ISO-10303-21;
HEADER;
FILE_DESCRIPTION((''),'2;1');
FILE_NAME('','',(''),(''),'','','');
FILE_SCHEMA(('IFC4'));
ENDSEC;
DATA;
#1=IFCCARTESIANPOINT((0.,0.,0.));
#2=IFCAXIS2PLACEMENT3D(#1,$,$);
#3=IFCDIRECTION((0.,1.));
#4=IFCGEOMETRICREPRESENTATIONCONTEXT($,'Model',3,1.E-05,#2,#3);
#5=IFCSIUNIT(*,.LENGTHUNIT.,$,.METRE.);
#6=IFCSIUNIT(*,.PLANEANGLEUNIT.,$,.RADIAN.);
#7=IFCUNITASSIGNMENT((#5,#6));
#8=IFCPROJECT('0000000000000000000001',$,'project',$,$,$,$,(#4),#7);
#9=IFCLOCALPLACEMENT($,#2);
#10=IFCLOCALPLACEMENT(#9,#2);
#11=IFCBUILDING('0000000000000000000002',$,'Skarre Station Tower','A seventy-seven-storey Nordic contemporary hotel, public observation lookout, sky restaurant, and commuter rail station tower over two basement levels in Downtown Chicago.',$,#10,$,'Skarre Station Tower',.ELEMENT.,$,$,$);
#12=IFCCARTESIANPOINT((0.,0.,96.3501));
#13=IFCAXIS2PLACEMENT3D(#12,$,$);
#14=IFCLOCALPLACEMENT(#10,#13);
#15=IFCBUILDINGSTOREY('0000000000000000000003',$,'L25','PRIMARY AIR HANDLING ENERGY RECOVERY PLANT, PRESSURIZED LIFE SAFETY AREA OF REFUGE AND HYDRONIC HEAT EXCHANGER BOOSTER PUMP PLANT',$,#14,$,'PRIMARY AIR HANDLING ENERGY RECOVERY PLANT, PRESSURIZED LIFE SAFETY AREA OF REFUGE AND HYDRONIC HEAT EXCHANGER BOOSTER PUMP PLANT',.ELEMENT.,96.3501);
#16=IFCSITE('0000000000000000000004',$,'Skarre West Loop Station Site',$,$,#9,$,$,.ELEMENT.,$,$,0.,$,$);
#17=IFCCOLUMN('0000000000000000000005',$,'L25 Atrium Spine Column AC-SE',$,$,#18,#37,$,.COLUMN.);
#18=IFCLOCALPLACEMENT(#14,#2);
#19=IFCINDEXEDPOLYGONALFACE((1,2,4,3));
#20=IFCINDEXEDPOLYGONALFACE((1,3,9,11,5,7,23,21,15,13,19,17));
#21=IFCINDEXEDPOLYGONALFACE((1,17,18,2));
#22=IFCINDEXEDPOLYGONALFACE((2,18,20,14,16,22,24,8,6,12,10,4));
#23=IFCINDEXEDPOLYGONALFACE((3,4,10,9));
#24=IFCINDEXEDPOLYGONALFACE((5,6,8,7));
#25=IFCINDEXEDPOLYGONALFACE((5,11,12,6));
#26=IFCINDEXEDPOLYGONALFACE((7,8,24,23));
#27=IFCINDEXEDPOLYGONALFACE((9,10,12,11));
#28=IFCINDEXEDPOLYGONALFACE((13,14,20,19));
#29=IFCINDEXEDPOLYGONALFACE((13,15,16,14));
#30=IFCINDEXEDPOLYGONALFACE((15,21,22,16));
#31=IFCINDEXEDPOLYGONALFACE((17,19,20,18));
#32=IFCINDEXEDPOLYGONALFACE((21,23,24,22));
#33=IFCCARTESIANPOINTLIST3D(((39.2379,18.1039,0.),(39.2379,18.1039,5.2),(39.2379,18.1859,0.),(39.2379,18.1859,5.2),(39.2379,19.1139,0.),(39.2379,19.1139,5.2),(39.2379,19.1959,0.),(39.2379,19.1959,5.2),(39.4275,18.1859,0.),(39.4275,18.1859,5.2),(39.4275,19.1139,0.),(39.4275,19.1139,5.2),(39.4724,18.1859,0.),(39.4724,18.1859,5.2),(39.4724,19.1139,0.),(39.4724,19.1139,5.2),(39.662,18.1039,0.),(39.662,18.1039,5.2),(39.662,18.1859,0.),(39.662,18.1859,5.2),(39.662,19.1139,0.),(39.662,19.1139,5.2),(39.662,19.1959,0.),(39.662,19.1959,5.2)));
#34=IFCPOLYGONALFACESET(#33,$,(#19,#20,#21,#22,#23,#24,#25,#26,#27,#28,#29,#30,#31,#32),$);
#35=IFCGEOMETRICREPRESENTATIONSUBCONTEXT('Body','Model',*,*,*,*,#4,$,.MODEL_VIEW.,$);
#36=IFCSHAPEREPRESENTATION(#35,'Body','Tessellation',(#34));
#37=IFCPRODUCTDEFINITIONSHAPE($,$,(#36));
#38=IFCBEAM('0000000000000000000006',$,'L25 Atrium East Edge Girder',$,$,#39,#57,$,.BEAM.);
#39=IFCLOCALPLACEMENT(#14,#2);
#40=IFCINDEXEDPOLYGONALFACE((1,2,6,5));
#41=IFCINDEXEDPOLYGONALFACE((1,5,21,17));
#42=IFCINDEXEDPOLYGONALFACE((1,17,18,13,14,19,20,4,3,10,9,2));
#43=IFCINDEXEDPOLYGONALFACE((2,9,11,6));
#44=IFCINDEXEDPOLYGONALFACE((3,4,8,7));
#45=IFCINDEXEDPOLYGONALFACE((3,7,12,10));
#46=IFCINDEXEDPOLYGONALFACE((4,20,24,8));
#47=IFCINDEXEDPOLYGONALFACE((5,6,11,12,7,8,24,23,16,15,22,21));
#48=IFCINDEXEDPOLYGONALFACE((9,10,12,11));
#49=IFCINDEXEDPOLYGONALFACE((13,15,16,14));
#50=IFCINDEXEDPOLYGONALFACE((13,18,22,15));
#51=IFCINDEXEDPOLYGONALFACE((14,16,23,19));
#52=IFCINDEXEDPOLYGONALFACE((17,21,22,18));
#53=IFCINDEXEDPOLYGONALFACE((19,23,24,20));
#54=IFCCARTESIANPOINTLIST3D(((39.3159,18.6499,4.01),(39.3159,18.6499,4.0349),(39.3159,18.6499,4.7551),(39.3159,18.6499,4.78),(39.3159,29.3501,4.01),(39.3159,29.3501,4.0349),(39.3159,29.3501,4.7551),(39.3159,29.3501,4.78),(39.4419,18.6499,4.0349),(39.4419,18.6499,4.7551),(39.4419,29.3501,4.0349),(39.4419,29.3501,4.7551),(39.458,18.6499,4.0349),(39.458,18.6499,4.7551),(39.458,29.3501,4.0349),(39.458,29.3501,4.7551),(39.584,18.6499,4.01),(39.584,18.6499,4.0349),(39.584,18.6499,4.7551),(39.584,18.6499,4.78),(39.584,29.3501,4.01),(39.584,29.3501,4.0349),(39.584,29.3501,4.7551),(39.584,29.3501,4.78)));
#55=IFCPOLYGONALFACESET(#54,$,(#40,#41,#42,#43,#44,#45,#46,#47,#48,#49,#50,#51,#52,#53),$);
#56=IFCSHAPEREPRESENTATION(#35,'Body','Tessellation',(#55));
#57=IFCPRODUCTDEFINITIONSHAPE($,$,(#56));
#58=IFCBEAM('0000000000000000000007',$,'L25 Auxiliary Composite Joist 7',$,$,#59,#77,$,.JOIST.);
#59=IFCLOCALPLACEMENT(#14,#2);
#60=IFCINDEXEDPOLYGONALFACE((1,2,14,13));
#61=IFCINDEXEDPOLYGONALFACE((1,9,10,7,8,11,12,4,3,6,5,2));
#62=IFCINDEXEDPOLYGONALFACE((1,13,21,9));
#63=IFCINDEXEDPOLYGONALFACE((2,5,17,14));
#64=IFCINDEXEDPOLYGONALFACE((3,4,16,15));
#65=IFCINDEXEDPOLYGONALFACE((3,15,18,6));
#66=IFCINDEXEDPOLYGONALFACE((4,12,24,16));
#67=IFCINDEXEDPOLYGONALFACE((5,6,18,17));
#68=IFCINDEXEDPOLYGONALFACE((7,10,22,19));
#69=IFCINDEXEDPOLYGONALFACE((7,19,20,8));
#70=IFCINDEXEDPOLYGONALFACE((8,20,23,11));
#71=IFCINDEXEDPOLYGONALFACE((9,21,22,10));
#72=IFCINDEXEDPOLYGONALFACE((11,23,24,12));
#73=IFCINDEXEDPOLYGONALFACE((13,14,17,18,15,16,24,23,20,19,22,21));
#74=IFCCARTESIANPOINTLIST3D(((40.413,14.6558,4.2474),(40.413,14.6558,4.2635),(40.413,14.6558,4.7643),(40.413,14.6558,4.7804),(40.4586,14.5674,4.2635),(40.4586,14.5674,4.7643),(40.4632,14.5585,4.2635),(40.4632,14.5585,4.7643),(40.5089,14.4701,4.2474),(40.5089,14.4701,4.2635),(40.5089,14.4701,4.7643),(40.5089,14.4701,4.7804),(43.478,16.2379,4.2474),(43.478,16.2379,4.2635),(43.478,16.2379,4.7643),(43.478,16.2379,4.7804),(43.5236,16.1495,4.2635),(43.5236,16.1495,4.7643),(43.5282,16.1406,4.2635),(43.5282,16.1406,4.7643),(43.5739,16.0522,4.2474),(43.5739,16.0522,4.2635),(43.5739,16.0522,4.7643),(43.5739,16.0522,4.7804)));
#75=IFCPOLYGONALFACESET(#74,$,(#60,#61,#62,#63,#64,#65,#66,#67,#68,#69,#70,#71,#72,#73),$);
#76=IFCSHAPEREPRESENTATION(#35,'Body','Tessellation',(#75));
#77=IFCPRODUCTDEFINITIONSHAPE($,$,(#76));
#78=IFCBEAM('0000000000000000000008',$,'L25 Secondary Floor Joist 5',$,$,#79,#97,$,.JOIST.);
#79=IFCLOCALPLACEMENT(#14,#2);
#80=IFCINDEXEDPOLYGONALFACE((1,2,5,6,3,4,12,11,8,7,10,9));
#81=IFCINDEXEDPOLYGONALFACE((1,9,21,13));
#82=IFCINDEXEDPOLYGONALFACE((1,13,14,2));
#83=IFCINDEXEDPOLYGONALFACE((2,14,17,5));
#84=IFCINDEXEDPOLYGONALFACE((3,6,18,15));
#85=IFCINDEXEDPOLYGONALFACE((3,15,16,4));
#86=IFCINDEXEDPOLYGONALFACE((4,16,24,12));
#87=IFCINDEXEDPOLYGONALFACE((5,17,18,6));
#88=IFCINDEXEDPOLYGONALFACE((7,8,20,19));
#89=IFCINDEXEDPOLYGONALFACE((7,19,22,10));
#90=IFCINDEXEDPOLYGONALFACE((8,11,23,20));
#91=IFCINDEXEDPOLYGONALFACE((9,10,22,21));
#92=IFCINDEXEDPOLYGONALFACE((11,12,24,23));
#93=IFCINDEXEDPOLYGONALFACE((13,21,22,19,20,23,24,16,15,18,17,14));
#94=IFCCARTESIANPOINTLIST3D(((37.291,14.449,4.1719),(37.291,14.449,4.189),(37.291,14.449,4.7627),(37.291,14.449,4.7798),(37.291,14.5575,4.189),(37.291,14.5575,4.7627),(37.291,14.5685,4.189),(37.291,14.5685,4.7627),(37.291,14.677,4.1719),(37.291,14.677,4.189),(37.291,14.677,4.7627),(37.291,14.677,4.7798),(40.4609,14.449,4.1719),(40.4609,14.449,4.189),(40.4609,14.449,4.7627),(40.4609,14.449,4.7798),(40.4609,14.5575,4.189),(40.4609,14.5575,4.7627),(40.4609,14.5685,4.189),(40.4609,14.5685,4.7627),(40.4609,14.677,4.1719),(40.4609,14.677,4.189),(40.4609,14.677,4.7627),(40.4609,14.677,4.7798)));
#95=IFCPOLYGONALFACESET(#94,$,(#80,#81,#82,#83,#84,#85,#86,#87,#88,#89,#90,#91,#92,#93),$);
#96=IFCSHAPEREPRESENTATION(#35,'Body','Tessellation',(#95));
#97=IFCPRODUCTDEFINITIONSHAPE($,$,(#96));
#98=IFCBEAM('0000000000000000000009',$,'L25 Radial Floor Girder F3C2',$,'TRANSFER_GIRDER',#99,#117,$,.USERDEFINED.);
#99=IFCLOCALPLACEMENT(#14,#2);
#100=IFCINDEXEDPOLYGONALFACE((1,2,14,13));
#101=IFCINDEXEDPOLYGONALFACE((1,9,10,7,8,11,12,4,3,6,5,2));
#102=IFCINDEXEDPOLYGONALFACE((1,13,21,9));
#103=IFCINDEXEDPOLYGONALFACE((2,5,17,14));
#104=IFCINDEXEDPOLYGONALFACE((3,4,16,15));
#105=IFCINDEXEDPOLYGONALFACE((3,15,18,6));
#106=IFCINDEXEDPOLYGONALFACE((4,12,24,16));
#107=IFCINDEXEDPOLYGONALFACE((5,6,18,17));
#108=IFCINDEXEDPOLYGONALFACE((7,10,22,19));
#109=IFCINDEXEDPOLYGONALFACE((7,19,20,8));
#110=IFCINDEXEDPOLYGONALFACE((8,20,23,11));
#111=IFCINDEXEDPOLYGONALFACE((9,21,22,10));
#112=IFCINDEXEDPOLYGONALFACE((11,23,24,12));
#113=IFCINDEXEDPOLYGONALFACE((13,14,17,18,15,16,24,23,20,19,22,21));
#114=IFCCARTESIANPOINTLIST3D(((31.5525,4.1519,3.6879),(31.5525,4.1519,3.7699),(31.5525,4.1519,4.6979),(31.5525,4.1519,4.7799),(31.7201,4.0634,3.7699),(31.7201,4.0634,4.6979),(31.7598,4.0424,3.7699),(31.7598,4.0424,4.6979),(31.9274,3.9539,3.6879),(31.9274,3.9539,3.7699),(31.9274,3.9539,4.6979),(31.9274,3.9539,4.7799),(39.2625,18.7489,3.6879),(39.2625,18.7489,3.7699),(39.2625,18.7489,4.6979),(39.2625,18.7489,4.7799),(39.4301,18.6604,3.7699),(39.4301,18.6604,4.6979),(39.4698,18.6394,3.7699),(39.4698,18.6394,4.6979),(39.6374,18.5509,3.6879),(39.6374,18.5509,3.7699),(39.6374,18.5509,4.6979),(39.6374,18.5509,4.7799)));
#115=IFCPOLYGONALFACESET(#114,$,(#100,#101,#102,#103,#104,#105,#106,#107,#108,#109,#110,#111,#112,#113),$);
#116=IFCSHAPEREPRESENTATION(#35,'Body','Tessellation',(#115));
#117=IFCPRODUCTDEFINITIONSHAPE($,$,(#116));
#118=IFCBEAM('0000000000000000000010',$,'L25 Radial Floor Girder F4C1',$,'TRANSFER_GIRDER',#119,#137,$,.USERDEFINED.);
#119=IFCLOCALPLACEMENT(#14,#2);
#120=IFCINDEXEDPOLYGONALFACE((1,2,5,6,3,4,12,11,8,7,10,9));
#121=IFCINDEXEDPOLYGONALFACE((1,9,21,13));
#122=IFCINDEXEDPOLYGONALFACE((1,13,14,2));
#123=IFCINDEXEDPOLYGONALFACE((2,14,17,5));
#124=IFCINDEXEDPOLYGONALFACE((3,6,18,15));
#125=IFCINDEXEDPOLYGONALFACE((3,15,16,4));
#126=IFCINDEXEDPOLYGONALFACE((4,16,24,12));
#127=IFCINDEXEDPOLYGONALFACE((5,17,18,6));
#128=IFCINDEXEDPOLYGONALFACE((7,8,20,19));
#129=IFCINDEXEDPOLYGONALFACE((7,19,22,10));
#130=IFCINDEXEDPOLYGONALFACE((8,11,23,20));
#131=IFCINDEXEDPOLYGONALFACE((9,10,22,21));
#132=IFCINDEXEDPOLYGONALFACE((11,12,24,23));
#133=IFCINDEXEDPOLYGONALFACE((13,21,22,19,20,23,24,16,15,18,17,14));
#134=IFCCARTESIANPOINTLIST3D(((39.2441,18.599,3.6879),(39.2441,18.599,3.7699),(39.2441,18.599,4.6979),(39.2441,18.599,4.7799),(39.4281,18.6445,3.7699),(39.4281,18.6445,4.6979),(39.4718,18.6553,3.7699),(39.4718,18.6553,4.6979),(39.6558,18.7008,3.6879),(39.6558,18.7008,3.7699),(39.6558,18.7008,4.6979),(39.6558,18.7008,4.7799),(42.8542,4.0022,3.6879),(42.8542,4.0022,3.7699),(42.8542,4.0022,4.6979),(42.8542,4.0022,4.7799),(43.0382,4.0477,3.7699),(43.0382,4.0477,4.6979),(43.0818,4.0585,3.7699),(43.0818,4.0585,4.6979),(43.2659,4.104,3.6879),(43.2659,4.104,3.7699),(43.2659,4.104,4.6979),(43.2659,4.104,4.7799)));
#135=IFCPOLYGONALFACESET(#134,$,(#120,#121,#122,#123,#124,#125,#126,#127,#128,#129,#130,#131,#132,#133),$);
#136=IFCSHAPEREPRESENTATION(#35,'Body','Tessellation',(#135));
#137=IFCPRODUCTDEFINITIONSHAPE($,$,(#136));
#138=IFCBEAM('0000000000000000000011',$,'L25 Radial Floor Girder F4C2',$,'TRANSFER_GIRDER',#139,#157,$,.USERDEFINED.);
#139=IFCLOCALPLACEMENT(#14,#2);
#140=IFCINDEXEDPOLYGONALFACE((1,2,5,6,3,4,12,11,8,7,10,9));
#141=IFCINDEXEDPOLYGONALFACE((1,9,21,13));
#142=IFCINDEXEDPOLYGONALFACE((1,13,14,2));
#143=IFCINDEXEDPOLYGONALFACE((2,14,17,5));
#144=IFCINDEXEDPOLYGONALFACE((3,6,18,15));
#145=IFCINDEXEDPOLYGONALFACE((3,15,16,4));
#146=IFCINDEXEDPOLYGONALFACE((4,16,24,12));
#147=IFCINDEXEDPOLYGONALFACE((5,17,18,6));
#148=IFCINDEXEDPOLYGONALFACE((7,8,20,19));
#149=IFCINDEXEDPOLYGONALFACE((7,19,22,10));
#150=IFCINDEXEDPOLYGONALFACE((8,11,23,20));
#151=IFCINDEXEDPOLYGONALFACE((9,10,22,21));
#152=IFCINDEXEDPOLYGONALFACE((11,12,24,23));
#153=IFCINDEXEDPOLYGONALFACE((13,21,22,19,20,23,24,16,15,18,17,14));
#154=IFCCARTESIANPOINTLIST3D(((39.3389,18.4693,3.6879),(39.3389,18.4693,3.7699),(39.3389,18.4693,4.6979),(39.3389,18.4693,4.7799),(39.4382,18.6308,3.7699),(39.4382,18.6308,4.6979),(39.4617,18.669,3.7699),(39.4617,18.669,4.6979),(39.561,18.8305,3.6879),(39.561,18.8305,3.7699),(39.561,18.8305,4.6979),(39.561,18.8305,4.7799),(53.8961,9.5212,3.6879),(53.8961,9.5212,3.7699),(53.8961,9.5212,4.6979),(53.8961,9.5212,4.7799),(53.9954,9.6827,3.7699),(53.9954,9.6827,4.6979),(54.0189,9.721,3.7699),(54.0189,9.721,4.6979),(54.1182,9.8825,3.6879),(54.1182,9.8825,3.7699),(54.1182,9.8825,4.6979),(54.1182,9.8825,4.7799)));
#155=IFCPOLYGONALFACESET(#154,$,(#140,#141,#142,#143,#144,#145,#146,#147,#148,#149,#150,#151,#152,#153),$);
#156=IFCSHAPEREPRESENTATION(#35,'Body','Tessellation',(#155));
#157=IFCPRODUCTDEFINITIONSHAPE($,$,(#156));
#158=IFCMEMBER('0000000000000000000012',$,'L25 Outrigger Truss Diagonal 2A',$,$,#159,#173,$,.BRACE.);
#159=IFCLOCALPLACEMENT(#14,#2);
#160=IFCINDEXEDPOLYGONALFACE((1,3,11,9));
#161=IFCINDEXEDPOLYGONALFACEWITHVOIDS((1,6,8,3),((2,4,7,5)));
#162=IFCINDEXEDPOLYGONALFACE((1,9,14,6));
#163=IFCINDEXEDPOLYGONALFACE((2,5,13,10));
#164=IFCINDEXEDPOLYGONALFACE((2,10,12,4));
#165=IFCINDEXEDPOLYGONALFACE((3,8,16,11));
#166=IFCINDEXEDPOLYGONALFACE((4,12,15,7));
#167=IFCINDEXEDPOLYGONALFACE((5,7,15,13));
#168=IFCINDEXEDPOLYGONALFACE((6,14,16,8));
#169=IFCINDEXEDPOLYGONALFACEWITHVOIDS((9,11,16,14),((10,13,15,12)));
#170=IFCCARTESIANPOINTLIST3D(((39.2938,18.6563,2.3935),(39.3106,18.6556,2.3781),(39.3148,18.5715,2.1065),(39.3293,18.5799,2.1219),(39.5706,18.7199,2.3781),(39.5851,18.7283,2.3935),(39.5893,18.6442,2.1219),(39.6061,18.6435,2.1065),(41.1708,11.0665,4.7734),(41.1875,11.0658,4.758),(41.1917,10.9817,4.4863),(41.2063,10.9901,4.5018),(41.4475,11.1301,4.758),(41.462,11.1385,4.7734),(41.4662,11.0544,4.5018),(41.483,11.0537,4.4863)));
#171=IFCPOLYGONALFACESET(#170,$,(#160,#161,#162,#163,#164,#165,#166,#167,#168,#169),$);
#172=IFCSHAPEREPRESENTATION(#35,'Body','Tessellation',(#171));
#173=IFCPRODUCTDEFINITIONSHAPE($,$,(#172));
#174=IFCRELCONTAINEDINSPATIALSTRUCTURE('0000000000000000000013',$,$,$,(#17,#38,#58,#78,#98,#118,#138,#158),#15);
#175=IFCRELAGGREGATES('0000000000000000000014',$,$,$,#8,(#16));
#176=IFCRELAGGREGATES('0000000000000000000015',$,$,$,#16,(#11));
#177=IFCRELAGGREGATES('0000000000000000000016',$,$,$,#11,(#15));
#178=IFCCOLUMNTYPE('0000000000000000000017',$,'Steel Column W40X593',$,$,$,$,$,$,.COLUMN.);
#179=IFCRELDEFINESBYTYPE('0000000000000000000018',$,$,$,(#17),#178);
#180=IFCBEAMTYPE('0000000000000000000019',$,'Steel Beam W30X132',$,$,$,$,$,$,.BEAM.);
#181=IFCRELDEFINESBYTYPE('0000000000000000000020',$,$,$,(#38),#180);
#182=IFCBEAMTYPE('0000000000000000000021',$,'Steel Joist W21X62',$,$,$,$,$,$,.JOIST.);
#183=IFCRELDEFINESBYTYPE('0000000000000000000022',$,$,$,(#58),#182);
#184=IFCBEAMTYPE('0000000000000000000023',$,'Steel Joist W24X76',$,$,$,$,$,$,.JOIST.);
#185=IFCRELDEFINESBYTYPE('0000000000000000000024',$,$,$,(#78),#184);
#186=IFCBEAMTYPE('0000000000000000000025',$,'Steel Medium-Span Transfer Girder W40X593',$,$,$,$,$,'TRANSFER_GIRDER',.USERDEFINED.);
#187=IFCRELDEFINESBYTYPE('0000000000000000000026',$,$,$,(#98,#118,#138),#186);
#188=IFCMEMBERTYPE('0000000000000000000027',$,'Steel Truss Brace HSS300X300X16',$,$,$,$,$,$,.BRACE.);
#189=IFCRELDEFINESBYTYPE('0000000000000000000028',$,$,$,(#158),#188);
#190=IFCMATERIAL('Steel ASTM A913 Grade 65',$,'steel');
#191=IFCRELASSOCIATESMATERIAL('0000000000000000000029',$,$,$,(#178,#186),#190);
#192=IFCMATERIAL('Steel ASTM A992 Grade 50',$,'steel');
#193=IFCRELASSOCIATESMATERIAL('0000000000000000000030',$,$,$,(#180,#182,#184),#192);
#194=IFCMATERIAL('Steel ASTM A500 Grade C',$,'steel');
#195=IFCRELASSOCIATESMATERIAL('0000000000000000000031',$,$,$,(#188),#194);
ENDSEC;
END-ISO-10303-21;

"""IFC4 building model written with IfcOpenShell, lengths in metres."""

from ifc_helpers import new_model, si_unit, direction, frame, origin, origin_2d, place, context, subcontext, project, spatial, hollow_rectangle, i_section, extrude, material, material_profile, profile_set, type_object, element, save


model = new_model("IFC4")

# Units and contexts
model_context = context("Model", 3, precision=1e-05, world=origin(), true_north=direction((0.0, 1.0)))
body_context = subcontext(model_context, "Body", "Model", "MODEL_VIEW")
ifc_project = project(units=[si_unit("LENGTHUNIT", "METRE"), si_unit("PLANEANGLEUNIT", "RADIAN")], contexts=[model_context])

# Site, building, storey
site_placement = place(None, origin())
site = spatial("IfcSite", under=ifc_project, at=site_placement, Name="Skarre West Loop Station Site", CompositionType="ELEMENT", RefElevation=0.0)
building_placement = place(site_placement, origin())
building = spatial("IfcBuilding", under=site, at=building_placement, Name="Skarre Station Tower", Description="A seventy-seven-storey Nordic contemporary hotel, public observation lookout, sky restaurant, and commuter rail station tower over two basement levels in Downtown Chicago.", LongName="Skarre Station Tower", CompositionType="ELEMENT")
storey_placement = place(building_placement, frame((0.0, 0.0, 96.3501)))
storey = spatial("IfcBuildingStorey", under=building, at=storey_placement, Name="L25", Description="PRIMARY AIR HANDLING ENERGY RECOVERY PLANT, PRESSURIZED LIFE SAFETY AREA OF REFUGE AND HYDRONIC HEAT EXCHANGER BOOSTER PUMP PLANT", LongName="PRIMARY AIR HANDLING ENERGY RECOVERY PLANT, PRESSURIZED LIFE SAFETY AREA OF REFUGE AND HYDRONIC HEAT EXCHANGER BOOSTER PUMP PLANT", CompositionType="ELEMENT", Elevation=96.3501)

# Column
ifc_material_1 = material(Name="Steel ASTM A913 Grade 65", Category="steel")
ifc_material_profile_1 = material_profile(ifc_material_1, i_section(OverallWidth=0.4241, OverallDepth=1.092, WebThickness=0.0449, FlangeThickness=0.082, at=origin_2d()), Name="Steel ASTM A913 Grade 65")
ifc_profile_set_1 = profile_set([ifc_material_profile_1], Name="Steel ASTM A913 Grade 65")
column_type = type_object("IfcColumnType", Name="Steel Column W40X593", PredefinedType="COLUMN", material=ifc_profile_set_1)
column_placement = place(storey_placement, frame((39.45, 18.6499, 0.0), z_axis=(0.0, 0.0, 1.0), x_axis=(1.0, 0.0, 0.0)))
element("IfcColumn", 1, at=column_placement, inside=storey, type_object=column_type, Name="L25 Atrium Spine Column AC-SE", PredefinedType="COLUMN", context=body_context, shape_type="SweptSolid", body=[
    extrude(i_section(OverallWidth=0.4241, OverallDepth=1.092, WebThickness=0.0449, FlangeThickness=0.082, at=origin_2d()), origin(), (0.0, 0.0, 1.0), 5.2),
])

# Beams
ifc_material_2 = material(Name="Steel ASTM A992 Grade 50", Category="steel")
ifc_material_profile_2 = material_profile(ifc_material_2, i_section(OverallWidth=0.2681, OverallDepth=0.77, WebThickness=0.0161, FlangeThickness=0.0249, at=origin_2d()), Name="Steel ASTM A992 Grade 50")
ifc_profile_set_2 = profile_set([ifc_material_profile_2], Name="Steel ASTM A992 Grade 50")
beam_type_1 = type_object("IfcBeamType", Name="Steel Beam W30X132", PredefinedType="BEAM", material=ifc_profile_set_2)
beam_1_placement = place(storey_placement, frame((39.45, 18.6499, 4.395), z_axis=(0.0, 1.0, 0.0), x_axis=(-1.0, 0.0, 0.0)))
element("IfcBeam", 2, at=beam_1_placement, inside=storey, type_object=beam_type_1, Name="L25 Atrium East Edge Girder", PredefinedType="BEAM", context=body_context, shape_type="SweptSolid", body=[
    extrude(i_section(OverallWidth=0.2681, OverallDepth=0.77, WebThickness=0.0161, FlangeThickness=0.0249, at=origin_2d()), origin(), (0.0, 0.0, 1.0), 10.7002),
])
ifc_material_profile_3 = material_profile(ifc_material_2, i_section(OverallWidth=0.209, OverallDepth=0.533, WebThickness=0.01, FlangeThickness=0.0161, at=origin_2d()), Name="Steel ASTM A992 Grade 50")
ifc_profile_set_3 = profile_set([ifc_material_profile_3], Name="Steel ASTM A992 Grade 50")
beam_type_2 = type_object("IfcBeamType", Name="Steel Joist W21X62", PredefinedType="JOIST", material=ifc_profile_set_3)
beam_2_placement = place(storey_placement, frame((40.4609, 14.563, 4.5139), z_axis=(0.888606, 0.458672, 0.0), x_axis=(-0.458672, 0.888606, 0.0)))
element("IfcBeam", 3, at=beam_2_placement, inside=storey, type_object=beam_type_2, Name="L25 Auxiliary Composite Joist 7", PredefinedType="JOIST", context=body_context, shape_type="SweptSolid", body=[
    extrude(i_section(OverallWidth=0.209, OverallDepth=0.533, WebThickness=0.01, FlangeThickness=0.0161, at=origin_2d()), origin(), (0.0, 0.0, 1.0), 3.4492),
])
ifc_material_profile_4 = material_profile(ifc_material_2, i_section(OverallWidth=0.228, OverallDepth=0.6079, WebThickness=0.011, FlangeThickness=0.0171, at=origin_2d()), Name="Steel ASTM A992 Grade 50")
ifc_profile_set_4 = profile_set([ifc_material_profile_4], Name="Steel ASTM A992 Grade 50")
beam_type_3 = type_object("IfcBeamType", Name="Steel Joist W24X76", PredefinedType="JOIST", material=ifc_profile_set_4)
beam_3_placement = place(storey_placement, frame((37.291, 14.563, 4.4758), z_axis=(1.0, 0.0, 0.0), x_axis=(0.0, 1.0, 0.0)))
element("IfcBeam", 4, at=beam_3_placement, inside=storey, type_object=beam_type_3, Name="L25 Secondary Floor Joist 5", PredefinedType="JOIST", context=body_context, shape_type="SweptSolid", body=[
    extrude(i_section(OverallWidth=0.228, OverallDepth=0.6079, WebThickness=0.011, FlangeThickness=0.0171, at=origin_2d()), origin(), (0.0, 0.0, 1.0), 3.1699),
])
ifc_material_profile_5 = material_profile(ifc_material_1, i_section(OverallWidth=0.4241, OverallDepth=1.092, WebThickness=0.0449, FlangeThickness=0.082, at=origin_2d()), Name="Steel ASTM A913 Grade 65")
ifc_profile_set_5 = profile_set([ifc_material_profile_5], Name="Steel ASTM A913 Grade 65")
beam_type_4 = type_object("IfcBeamType", Name="Steel Medium-Span Transfer Girder W40X593", ElementType="TRANSFER_GIRDER", PredefinedType="USERDEFINED", material=ifc_profile_set_5)
beam_4_placement = place(storey_placement, frame((39.45, 18.6499, 4.2339), z_axis=(-0.467044, -0.884234, 0.0), x_axis=(0.884234, -0.467044, 0.0)))
element("IfcBeam", 5, at=beam_4_placement, inside=storey, type_object=beam_type_4, Name="L25 Radial Floor Girder F3C2", ObjectType="TRANSFER_GIRDER", PredefinedType="USERDEFINED", context=body_context, shape_type="SweptSolid", body=[
    extrude(i_section(OverallWidth=0.4241, OverallDepth=1.092, WebThickness=0.0449, FlangeThickness=0.082, at=origin_2d()), origin(), (0.0, 0.0, 1.0), 16.5081),
])
beam_5_placement = place(storey_placement, frame((39.45, 18.6499, 4.2339), z_axis=(0.240086, -0.970752, 0.0), x_axis=(0.970752, 0.240086, 0.0)))
element("IfcBeam", 6, at=beam_5_placement, inside=storey, type_object=beam_type_4, Name="L25 Radial Floor Girder F4C1", ObjectType="TRANSFER_GIRDER", PredefinedType="USERDEFINED", context=body_context, shape_type="SweptSolid", body=[
    extrude(i_section(OverallWidth=0.4241, OverallDepth=1.092, WebThickness=0.0449, FlangeThickness=0.082, at=origin_2d()), origin(), (0.0, 0.0, 1.0), 15.0366),
])
beam_6_placement = place(storey_placement, frame((39.45, 18.6499, 4.2339), z_axis=(0.851926, -0.523663, 0.0), x_axis=(0.523663, 0.851926, 0.0)))
element("IfcBeam", 7, at=beam_6_placement, inside=storey, type_object=beam_type_4, Name="L25 Radial Floor Girder F4C2", ObjectType="TRANSFER_GIRDER", PredefinedType="USERDEFINED", context=body_context, shape_type="SweptSolid", body=[
    extrude(i_section(OverallWidth=0.4241, OverallDepth=1.092, WebThickness=0.0449, FlangeThickness=0.082, at=origin_2d()), origin(), (0.0, 0.0, 1.0), 17.0874),
])

# Member
ifc_material_3 = material(Name="Steel ASTM A500 Grade C", Category="steel")
ifc_material_profile_6 = material_profile(ifc_material_3, hollow_rectangle(XDim=0.3, YDim=0.3, WallThickness=0.0161, at=origin_2d()), Name="Steel ASTM A500 Grade C")
ifc_profile_set_6 = profile_set([ifc_material_profile_6], Name="Steel ASTM A500 Grade C")
member_type_1 = type_object("IfcMemberType", Name="Steel Truss Brace HSS300X300X16", PredefinedType="BRACE", material=ifc_profile_set_6)
member_1_placement = place(storey_placement, frame((39.45, 18.6499, 2.25), z_axis=(0.229662, -0.928686, 0.2912), x_axis=(0.970757, 0.240066, 0.0)))
element("IfcMember", 8, at=member_1_placement, inside=storey, type_object=member_type_1, Name="L25 Outrigger Truss Diagonal 2A", PredefinedType="BRACE", context=body_context, shape_type="SweptSolid", body=[
    extrude(hollow_rectangle(XDim=0.3, YDim=0.3, WallThickness=0.0161, at=origin_2d()), origin(), (0.0, 0.0, 1.0), 8.1726),
])

save(model, "model.ifc")
